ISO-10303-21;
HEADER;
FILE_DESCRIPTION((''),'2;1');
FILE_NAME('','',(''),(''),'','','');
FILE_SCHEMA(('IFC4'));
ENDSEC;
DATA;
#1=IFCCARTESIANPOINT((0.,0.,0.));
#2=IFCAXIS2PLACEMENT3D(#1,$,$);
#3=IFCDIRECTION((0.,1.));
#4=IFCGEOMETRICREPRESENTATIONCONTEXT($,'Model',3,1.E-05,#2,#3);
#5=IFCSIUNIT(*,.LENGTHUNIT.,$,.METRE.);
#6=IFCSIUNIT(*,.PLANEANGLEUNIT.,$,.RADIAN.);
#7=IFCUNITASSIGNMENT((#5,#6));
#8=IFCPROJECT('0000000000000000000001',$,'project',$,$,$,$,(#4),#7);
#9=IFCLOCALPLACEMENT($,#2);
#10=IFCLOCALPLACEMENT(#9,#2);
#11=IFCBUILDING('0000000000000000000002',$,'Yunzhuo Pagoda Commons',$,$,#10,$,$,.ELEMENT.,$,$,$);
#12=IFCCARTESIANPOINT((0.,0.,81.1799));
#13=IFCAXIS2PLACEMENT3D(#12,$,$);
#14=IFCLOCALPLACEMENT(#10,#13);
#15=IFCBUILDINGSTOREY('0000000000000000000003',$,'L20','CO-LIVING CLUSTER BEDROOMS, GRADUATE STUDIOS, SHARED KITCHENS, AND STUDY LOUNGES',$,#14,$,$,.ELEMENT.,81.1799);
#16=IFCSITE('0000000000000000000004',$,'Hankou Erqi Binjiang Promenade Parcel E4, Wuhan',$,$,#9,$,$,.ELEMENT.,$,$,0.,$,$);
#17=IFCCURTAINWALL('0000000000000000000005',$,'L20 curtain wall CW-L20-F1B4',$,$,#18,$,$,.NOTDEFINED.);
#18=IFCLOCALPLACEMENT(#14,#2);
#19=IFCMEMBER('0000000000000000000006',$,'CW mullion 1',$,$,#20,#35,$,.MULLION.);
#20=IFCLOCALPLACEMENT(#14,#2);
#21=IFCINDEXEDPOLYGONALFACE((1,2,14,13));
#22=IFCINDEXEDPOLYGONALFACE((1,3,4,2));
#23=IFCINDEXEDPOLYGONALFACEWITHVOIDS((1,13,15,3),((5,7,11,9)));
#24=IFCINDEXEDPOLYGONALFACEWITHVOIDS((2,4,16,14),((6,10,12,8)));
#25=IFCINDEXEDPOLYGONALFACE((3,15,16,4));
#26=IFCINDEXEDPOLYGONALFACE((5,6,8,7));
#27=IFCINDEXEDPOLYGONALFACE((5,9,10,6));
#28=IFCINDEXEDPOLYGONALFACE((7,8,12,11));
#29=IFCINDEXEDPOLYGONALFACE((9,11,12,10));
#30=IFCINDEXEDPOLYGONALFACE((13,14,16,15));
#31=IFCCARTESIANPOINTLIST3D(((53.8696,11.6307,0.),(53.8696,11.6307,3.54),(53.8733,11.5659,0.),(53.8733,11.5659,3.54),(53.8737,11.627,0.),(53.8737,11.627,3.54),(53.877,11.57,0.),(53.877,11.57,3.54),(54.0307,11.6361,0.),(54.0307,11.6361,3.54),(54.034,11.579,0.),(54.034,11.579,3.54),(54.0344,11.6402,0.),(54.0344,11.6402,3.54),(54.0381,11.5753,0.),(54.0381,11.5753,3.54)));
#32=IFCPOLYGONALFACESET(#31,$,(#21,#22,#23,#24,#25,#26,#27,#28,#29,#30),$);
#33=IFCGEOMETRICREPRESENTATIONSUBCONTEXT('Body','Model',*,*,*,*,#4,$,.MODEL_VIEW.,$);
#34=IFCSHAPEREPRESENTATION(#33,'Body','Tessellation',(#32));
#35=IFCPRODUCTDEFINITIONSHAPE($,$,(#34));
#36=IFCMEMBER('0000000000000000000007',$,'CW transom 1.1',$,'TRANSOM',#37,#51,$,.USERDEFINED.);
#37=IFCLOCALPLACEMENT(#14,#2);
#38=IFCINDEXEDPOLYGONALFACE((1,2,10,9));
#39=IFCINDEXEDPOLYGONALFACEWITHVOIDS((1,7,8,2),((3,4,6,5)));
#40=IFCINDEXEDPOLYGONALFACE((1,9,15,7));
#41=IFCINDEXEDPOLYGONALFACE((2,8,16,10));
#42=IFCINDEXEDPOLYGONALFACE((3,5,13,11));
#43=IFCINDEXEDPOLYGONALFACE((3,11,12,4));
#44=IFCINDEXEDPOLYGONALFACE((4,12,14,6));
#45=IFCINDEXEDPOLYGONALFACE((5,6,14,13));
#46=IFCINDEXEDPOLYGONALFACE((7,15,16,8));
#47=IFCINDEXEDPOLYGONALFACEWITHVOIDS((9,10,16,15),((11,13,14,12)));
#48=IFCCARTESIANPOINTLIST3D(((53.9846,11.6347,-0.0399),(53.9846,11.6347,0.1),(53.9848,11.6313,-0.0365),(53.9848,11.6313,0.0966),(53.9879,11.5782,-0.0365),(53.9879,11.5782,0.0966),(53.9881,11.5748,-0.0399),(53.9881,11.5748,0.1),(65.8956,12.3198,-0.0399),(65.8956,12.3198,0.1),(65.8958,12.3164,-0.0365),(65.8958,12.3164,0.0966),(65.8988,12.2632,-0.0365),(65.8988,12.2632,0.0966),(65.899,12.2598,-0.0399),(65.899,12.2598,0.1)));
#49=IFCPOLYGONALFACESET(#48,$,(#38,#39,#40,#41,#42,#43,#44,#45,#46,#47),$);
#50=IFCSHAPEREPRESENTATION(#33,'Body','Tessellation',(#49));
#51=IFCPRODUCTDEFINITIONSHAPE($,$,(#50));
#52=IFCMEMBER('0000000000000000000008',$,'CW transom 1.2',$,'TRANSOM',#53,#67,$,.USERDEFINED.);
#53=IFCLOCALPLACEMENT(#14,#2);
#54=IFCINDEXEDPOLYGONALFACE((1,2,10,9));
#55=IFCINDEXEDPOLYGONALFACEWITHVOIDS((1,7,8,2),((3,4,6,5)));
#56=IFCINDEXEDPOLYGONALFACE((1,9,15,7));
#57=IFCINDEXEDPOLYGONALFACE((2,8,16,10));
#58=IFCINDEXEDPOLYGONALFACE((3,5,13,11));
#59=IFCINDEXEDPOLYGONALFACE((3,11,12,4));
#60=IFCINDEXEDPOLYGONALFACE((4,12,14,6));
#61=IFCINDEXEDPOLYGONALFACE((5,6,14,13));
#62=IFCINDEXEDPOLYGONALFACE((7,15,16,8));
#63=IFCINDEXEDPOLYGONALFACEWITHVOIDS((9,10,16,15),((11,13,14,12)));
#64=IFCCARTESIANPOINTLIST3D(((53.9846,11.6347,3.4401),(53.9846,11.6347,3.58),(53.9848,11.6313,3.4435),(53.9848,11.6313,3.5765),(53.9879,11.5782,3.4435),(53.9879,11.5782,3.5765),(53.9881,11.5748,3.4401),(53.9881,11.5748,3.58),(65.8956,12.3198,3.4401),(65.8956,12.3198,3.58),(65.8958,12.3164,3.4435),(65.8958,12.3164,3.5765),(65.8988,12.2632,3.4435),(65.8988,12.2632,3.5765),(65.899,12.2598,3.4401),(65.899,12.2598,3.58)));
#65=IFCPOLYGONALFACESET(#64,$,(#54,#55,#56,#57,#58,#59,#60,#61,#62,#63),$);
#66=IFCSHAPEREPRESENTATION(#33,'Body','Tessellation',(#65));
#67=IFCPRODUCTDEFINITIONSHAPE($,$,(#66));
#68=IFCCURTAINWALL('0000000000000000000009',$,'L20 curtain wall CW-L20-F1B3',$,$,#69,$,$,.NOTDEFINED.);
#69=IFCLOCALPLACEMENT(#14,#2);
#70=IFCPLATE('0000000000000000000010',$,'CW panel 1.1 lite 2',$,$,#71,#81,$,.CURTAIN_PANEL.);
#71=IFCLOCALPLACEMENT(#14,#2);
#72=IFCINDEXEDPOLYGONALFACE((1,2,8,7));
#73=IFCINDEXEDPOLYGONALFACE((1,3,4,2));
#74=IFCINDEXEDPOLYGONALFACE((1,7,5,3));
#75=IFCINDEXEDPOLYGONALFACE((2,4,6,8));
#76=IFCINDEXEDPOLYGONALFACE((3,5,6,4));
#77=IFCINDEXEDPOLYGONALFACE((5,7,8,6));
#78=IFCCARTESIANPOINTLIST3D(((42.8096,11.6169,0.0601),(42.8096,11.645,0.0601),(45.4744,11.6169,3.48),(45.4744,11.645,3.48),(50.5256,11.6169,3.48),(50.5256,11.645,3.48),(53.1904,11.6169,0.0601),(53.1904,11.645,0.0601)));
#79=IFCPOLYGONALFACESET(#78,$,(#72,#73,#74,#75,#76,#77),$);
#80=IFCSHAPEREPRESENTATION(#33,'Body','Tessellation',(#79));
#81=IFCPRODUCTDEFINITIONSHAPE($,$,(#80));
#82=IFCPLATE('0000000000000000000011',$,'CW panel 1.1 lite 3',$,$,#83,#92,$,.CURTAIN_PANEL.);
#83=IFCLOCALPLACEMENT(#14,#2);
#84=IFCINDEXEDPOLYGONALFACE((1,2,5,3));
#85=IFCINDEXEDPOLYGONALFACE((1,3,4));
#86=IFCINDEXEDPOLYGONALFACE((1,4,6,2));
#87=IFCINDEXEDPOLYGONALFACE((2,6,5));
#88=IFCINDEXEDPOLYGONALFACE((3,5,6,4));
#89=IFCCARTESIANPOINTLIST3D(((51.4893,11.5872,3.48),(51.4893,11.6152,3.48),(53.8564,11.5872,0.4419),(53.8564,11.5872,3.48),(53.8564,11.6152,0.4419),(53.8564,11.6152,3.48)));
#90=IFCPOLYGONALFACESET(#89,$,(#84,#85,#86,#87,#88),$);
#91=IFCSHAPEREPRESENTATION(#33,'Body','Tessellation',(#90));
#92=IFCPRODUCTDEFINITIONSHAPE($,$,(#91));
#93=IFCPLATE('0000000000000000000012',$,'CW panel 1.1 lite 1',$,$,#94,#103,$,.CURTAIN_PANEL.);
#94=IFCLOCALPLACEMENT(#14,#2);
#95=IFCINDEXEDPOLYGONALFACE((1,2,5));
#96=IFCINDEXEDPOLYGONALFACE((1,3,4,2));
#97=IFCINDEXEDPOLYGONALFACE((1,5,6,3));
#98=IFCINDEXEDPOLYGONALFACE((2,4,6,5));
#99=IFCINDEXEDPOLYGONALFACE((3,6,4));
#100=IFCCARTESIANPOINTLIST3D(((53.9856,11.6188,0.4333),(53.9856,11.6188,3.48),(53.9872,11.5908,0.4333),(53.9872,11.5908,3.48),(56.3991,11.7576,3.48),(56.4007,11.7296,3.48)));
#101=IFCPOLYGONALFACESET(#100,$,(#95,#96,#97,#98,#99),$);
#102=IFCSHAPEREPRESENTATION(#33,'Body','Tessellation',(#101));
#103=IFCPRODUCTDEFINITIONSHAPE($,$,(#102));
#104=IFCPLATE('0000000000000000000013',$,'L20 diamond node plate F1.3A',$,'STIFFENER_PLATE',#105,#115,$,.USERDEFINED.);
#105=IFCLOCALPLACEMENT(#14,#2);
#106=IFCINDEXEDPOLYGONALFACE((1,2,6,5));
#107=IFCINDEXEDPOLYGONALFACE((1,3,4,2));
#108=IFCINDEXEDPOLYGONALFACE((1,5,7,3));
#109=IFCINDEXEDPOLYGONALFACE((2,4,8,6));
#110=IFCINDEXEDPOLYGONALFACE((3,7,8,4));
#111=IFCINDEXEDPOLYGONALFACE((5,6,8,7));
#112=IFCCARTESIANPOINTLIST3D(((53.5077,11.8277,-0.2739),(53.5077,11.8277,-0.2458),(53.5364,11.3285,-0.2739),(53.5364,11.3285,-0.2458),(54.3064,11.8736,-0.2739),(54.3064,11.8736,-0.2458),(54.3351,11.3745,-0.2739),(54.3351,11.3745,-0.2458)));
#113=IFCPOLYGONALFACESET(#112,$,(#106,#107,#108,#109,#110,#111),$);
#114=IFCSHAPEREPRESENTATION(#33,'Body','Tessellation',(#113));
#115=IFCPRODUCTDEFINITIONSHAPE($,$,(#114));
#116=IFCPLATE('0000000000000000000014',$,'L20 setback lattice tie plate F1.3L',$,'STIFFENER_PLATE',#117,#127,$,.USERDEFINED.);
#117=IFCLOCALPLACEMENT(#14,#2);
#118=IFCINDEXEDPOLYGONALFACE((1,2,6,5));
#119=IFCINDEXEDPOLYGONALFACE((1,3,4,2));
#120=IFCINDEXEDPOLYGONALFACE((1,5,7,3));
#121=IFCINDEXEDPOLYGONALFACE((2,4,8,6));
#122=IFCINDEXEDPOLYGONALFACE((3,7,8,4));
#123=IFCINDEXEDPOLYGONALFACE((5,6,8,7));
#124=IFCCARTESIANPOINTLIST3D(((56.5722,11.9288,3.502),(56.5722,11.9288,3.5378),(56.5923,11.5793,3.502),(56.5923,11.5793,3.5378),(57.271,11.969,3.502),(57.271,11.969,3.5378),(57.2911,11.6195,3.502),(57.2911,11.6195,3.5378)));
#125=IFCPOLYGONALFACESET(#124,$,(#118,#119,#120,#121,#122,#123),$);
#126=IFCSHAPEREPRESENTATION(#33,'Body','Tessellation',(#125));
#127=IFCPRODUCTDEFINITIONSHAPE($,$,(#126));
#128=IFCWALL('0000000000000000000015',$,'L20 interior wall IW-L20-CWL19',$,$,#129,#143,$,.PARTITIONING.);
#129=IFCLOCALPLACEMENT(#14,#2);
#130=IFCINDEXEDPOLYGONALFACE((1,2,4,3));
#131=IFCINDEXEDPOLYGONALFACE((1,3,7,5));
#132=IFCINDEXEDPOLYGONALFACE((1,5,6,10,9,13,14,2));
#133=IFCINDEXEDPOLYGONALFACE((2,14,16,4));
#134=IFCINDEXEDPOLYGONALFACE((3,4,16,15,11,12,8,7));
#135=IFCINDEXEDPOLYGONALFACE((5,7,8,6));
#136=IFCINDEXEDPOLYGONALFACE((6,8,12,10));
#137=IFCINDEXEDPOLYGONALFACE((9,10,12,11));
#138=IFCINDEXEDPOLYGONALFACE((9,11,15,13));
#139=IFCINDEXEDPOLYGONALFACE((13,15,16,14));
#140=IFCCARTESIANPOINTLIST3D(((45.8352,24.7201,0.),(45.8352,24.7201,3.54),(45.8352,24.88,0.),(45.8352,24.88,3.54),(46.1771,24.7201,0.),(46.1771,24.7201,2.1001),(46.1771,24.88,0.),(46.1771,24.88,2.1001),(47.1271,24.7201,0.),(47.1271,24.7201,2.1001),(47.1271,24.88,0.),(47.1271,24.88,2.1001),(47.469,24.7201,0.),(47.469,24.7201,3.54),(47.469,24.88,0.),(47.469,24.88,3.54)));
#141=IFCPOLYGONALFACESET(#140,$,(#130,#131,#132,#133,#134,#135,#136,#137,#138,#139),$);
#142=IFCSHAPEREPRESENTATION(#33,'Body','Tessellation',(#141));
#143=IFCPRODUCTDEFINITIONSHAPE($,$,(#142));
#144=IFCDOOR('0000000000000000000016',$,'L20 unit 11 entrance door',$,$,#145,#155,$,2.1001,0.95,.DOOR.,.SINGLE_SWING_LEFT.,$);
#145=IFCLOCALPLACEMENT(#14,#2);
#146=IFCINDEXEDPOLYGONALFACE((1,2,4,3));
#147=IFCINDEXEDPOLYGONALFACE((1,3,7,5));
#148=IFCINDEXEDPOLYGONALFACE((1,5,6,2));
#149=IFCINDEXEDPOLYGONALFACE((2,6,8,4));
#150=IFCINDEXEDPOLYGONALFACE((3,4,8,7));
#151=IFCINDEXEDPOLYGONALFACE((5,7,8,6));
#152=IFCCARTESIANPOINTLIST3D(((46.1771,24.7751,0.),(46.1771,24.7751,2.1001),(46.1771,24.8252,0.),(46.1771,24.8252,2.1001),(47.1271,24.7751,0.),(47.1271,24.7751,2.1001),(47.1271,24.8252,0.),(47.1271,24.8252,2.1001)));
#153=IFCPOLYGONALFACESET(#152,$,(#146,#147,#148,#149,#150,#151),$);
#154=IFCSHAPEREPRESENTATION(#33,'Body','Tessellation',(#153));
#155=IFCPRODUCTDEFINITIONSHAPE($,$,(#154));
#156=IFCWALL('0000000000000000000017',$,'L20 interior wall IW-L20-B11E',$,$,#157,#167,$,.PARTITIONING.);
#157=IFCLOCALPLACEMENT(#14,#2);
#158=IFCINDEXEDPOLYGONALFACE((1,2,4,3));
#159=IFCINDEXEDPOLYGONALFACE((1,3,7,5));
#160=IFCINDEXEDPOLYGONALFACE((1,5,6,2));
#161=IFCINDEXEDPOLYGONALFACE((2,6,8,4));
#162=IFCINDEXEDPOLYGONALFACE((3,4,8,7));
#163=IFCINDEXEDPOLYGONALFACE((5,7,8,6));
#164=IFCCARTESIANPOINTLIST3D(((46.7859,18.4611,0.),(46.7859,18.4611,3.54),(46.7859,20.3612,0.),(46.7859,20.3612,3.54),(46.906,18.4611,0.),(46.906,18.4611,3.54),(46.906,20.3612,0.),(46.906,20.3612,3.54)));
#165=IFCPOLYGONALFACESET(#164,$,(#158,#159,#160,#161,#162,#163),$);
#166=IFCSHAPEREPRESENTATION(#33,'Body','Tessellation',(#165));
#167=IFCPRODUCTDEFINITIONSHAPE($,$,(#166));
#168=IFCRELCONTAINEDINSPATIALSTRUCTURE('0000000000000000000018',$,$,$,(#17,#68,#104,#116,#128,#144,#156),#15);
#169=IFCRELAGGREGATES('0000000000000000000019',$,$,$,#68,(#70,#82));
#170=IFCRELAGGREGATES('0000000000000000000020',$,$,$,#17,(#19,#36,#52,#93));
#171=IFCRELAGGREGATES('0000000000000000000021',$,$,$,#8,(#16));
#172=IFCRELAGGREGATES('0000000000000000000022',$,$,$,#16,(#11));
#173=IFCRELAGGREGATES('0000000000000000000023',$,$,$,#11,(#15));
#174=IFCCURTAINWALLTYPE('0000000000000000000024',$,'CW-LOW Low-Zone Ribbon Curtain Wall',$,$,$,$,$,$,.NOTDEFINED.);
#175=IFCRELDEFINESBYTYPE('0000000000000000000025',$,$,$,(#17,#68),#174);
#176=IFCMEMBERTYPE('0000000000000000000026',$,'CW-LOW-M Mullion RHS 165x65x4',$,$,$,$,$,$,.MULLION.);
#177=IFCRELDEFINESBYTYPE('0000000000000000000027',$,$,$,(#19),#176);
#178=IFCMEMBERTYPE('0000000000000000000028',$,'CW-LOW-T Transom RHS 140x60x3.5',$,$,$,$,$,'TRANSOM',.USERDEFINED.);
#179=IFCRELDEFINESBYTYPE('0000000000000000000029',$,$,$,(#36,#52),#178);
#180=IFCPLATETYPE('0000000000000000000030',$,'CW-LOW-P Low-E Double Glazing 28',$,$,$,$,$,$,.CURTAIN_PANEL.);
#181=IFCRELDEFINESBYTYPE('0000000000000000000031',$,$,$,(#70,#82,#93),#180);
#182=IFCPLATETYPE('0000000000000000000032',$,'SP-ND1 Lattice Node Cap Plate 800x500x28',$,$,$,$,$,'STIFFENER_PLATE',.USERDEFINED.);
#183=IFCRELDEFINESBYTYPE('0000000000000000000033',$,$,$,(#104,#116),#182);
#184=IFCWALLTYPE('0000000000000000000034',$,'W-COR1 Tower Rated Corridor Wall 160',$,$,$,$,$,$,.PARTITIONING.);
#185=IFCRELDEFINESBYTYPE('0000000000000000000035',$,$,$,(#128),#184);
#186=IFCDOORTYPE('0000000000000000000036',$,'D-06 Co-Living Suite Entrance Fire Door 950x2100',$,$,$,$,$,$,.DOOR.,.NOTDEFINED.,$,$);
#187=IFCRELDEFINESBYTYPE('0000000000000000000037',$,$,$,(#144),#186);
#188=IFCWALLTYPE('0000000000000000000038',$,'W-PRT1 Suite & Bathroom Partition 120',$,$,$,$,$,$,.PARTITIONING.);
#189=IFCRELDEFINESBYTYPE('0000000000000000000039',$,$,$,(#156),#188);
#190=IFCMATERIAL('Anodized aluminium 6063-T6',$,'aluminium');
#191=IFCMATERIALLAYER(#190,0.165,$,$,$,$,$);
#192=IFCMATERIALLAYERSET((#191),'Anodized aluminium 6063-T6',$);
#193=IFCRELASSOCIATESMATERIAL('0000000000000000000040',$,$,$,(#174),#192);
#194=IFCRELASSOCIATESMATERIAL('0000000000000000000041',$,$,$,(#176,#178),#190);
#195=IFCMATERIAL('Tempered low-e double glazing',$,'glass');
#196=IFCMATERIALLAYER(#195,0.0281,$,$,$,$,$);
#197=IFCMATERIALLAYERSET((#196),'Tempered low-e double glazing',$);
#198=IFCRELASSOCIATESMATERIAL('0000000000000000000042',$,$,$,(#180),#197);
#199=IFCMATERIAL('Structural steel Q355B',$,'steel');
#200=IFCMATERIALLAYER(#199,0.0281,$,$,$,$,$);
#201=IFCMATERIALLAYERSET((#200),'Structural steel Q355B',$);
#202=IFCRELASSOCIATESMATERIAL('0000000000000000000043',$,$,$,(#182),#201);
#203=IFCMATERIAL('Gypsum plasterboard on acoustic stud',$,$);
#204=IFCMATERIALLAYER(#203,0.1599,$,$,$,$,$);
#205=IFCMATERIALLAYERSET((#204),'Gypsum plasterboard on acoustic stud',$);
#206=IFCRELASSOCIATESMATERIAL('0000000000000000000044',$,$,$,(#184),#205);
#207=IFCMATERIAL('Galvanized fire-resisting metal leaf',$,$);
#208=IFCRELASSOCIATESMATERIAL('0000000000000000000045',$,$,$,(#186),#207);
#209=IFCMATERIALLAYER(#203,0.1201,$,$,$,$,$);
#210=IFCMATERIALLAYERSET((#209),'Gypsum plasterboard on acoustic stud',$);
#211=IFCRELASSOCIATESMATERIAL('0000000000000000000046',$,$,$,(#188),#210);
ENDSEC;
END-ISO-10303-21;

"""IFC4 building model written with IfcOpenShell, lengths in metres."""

from ifc_helpers import new_model, si_unit, direction, frame, frame_2d, origin, origin_with_axes, origin_2d, place, context, subcontext, project, spatial, polyline, rectangle, hollow_rectangle, outline, extrude, source, transform, mapped, material, layer, layer_set, material_profile, profile_set, type_object, element, fill, aggregate, save


model = new_model("IFC4")

# Units and contexts
model_context = context("Model", 3, precision=1e-05, world=origin(), true_north=direction((0.0, 1.0)))
body_context = subcontext(model_context, "Body", "Model", "MODEL_VIEW")
ifc_project = project(units=[si_unit("LENGTHUNIT", "METRE"), si_unit("PLANEANGLEUNIT", "RADIAN")], contexts=[model_context])

# Site, building, storey
site_placement = place(None, origin())
site = spatial("IfcSite", under=ifc_project, at=site_placement, Name="Hankou Erqi Binjiang Promenade Parcel E4, Wuhan", CompositionType="ELEMENT", RefElevation=0.0)
building_placement = place(site_placement, origin())
building = spatial("IfcBuilding", under=site, at=building_placement, Name="Yunzhuo Pagoda Commons", CompositionType="ELEMENT")
storey_placement = place(building_placement, frame((0.0, 0.0, 81.1799)))
storey = spatial("IfcBuildingStorey", under=building, at=storey_placement, Name="L20", Description="CO-LIVING CLUSTER BEDROOMS, GRADUATE STUDIOS, SHARED KITCHENS, AND STUDY LOUNGES", CompositionType="ELEMENT", Elevation=81.1799)

# Shared definitions
ifc_material_1 = material(Name="Structural steel Q355B", Category="steel")

# Curtain wall, members
ifc_material_2 = material(Name="Anodized aluminium 6063-T6", Category="aluminium")
ifc_layer_1 = layer(ifc_material_2, 0.165)
ifc_layer_set_1 = layer_set([ifc_layer_1], Name="Anodized aluminium 6063-T6")
curtain_wall_type = type_object("IfcCurtainWallType", Name="CW-LOW Low-Zone Ribbon Curtain Wall", PredefinedType="NOTDEFINED", material=ifc_layer_set_1)
curtain_wall_1_placement = place(storey_placement, origin())
curtain_wall_1 = element("IfcCurtainWall", 1, at=curtain_wall_1_placement, inside=storey, type_object=curtain_wall_type, Name="L20 curtain wall CW-L20-F1B4", PredefinedType="NOTDEFINED")
ifc_material_profile_1 = material_profile(ifc_material_2, hollow_rectangle(XDim=0.0649, YDim=0.165, WallThickness=0.0039, at=origin_2d()), Name="Anodized aluminium 6063-T6")
ifc_profile_set_1 = profile_set([ifc_material_profile_1], Name="Anodized aluminium 6063-T6")
member_type_1 = type_object("IfcMemberType", Name="CW-LOW-M Mullion RHS 165x65x4", PredefinedType="MULLION", material=ifc_profile_set_1)
shared_shape_1 = source(origin(), body_context, "Body", "SweptSolid", [
    extrude(hollow_rectangle(XDim=0.0649, YDim=0.165, WallThickness=0.0039, at=origin_2d()), origin(), (0.0, 0.0, 1.0), 3.54),
])
member_1_placement = place(storey_placement, frame((53.9539, 11.603, 0.0), z_axis=(0.0, 0.0, 1.0), x_axis=(-0.057418, 0.99835, 0.0)))
member_1 = element("IfcMember", 2, at=member_1_placement, type_object=member_type_1, Name="CW mullion 1", PredefinedType="MULLION", context=body_context, shape_type="MappedRepresentation", body=[
    mapped(shared_shape_1, transform((0.0, 0.0, 0.0), scale=1.0)),
])
ifc_material_profile_2 = material_profile(ifc_material_2, hollow_rectangle(XDim=0.0601, YDim=0.1399, WallThickness=0.0034, at=origin_2d()), Name="Anodized aluminium 6063-T6")
ifc_profile_set_2 = profile_set([ifc_material_profile_2], Name="Anodized aluminium 6063-T6")
member_type_2 = type_object("IfcMemberType", Name="CW-LOW-T Transom RHS 140x60x3.5", ElementType="TRANSOM", PredefinedType="USERDEFINED", material=ifc_profile_set_2)
shared_shape_2 = source(origin(), body_context, "Body", "SweptSolid", [
    extrude(hollow_rectangle(XDim=0.0601, YDim=0.1399, WallThickness=0.0034, at=origin_2d()), origin(), (0.0, 0.0, 1.0), 11.9307),
])
member_2_placement = place(storey_placement, frame((53.9863, 11.6047, 0.03), z_axis=(0.99835, 0.05742, 0.0), x_axis=(-0.05742, 0.99835, 0.0)))
member_2 = element("IfcMember", 3, at=member_2_placement, type_object=member_type_2, Name="CW transom 1.1", ObjectType="TRANSOM", PredefinedType="USERDEFINED", context=body_context, shape_type="MappedRepresentation", body=[
    mapped(shared_shape_2, transform((0.0, 0.0, 0.0), scale=1.0)),
])
member_3_placement = place(storey_placement, frame((53.9863, 11.6047, 3.51), z_axis=(0.99835, 0.05742, 0.0), x_axis=(-0.05742, 0.99835, 0.0)))
member_3 = element("IfcMember", 4, at=member_3_placement, type_object=member_type_2, Name="CW transom 1.2", ObjectType="TRANSOM", PredefinedType="USERDEFINED", context=body_context, shape_type="MappedRepresentation", body=[
    mapped(shared_shape_2, transform((0.0, 0.0, 0.0), scale=1.0)),
])

# Curtain wall, plates
curtain_wall_2_placement = place(storey_placement, origin())
curtain_wall_2 = element("IfcCurtainWall", 5, at=curtain_wall_2_placement, inside=storey, type_object=curtain_wall_type, Name="L20 curtain wall CW-L20-F1B3", PredefinedType="NOTDEFINED")
ifc_material_3 = material(Name="Tempered low-e double glazing", Category="glass")
ifc_layer_2 = layer(ifc_material_3, 0.0281)
ifc_layer_set_2 = layer_set([ifc_layer_2], Name="Tempered low-e double glazing")
plate_type_1 = type_object("IfcPlateType", Name="CW-LOW-P Low-E Double Glazing 28", PredefinedType="CURTAIN_PANEL", material=ifc_layer_set_2)
plate_1_placement = place(storey_placement, frame((48.0, 11.645, 1.77), z_axis=(0.0, -1.0, 0.0), x_axis=(1.0, 0.0, 0.0)))
plate_1 = element("IfcPlate", 6, at=plate_1_placement, type_object=plate_type_1, Name="CW panel 1.1 lite 2", PredefinedType="CURTAIN_PANEL", context=body_context, shape_type="SweptSolid", body=[
    extrude(outline(polyline([(-5.1904, -1.71), (5.1904, -1.71), (2.5256, 1.71), (-2.5256, 1.71), (-5.1904, -1.71)])), origin(), (0.0, 0.0, 1.0), 0.0281),
])
plate_2_placement = place(storey_placement, frame((52.6729, 11.6152, 1.9609), z_axis=(0.0, -1.0, 0.0), x_axis=(1.0, 0.0, 0.0)))
plate_2 = element("IfcPlate", 7, at=plate_2_placement, type_object=plate_type_1, Name="CW panel 1.1 lite 3", PredefinedType="CURTAIN_PANEL", context=body_context, shape_type="SweptSolid", body=[
    extrude(outline(polyline([(-1.1836, 1.519), (1.1836, -1.519), (1.1836, 1.519), (-1.1836, 1.519)])), origin(), (0.0, 0.0, 1.0), 0.0281),
])
aggregate(curtain_wall_2, [plate_1, plate_2])

# Plate
plate_3_placement = place(storey_placement, frame((55.1924, 11.6882, 1.9568), z_axis=(0.057418, -0.99835, 0.0), x_axis=(0.99835, 0.057418, 0.0)))
plate_3 = element("IfcPlate", 8, at=plate_3_placement, type_object=plate_type_1, Name="CW panel 1.1 lite 1", PredefinedType="CURTAIN_PANEL", context=body_context, shape_type="SweptSolid", body=[
    extrude(outline(polyline([(-1.2087, -1.5234), (1.2087, 1.5232), (-1.2087, 1.5232), (-1.2087, -1.5234)])), origin(), (0.0, 0.0, 1.0), 0.0281),
])
aggregate(curtain_wall_1, [member_1, member_2, member_3, plate_3])

# Plates
ifc_layer_3 = layer(ifc_material_1, 0.0281)
ifc_layer_set_3 = layer_set([ifc_layer_3], Name="Structural steel Q355B")
plate_type_2 = type_object("IfcPlateType", Name="SP-ND1 Lattice Node Cap Plate 800x500x28", ElementType="STIFFENER_PLATE", PredefinedType="USERDEFINED", material=ifc_layer_set_3)
shared_shape_3 = source(origin(), body_context, "Body", "SweptSolid", [
    extrude(rectangle(XDim=0.8, YDim=0.5, at=origin_2d()), origin(), (0.0, 0.0, 1.0), 0.0281),
])
plate_4_placement = place(storey_placement, frame((53.9214, 11.6011, -0.2739), z_axis=(0.0, 0.0, 1.0), x_axis=(0.99835, 0.057425, 0.0)))
element("IfcPlate", 9, at=plate_4_placement, inside=storey, type_object=plate_type_2, Name="L20 diamond node plate F1.3A", ObjectType="STIFFENER_PLATE", PredefinedType="USERDEFINED", context=body_context, shape_type="MappedRepresentation", body=[
    mapped(shared_shape_3, transform((0.0, 0.0, 0.0), scale=1.0)),
])
shared_shape_4 = source(origin(), body_context, "Body", "SweptSolid", [
    extrude(rectangle(XDim=0.7, YDim=0.3501, at=origin_2d()), origin(), (0.0, 0.0, 1.0), 0.0359),
])
plate_5_placement = place(storey_placement, frame((56.9316, 11.7742, 3.502), z_axis=(0.0, 0.0, 1.0), x_axis=(0.99835, 0.057425, 0.0)))
element("IfcPlate", 10, at=plate_5_placement, inside=storey, type_object=plate_type_2, Name="L20 setback lattice tie plate F1.3L", ObjectType="STIFFENER_PLATE", PredefinedType="USERDEFINED", context=body_context, shape_type="MappedRepresentation", body=[
    mapped(shared_shape_4, transform((0.0, 0.0, 0.0), scale=1.0)),
])

# Wall, opening, door
ifc_material_4 = material(Name="Gypsum plasterboard on acoustic stud")
ifc_layer_4 = layer(ifc_material_4, 0.1599)
ifc_layer_set_4 = layer_set([ifc_layer_4], Name="Gypsum plasterboard on acoustic stud")
wall_type_1 = type_object("IfcWallType", Name="W-COR1 Tower Rated Corridor Wall 160", PredefinedType="PARTITIONING", material=ifc_layer_set_4)
wall_1_placement = place(storey_placement, frame((47.469, 24.8, 0.0), z_axis=(0.0, 0.0, 1.0), x_axis=(-1.0, 0.0, 0.0)))
wall_1 = element("IfcWall", 11, at=wall_1_placement, inside=storey, type_object=wall_type_1, Name="L20 interior wall IW-L20-CWL19", PredefinedType="PARTITIONING", context=body_context, shape_type="SweptSolid", body=[
    extrude(rectangle(XDim=1.6338, YDim=0.1599, at=frame_2d((0.8169, 0.0))), origin(), (0.0, 0.0, 1.0), 3.54),
])
opening_1_placement = place(wall_1_placement, frame((0.3418, 0.0, 0.0)))
opening_1 = element("IfcOpeningElement", 12, at=opening_1_placement, cuts=wall_1, PredefinedType="OPENING", context=body_context, shape_type="SweptSolid", body=[
    extrude(rectangle(XDim=0.95, YDim=2.1001, at=frame_2d((0.4751, 1.05))), frame((0.0, 0.0898, 0.0), z_axis=(0.0, -1.0, 0.0), x_axis=(1.0, 0.0, 0.0)), (0.0, 0.0, 1.0), 0.1799),
])
ifc_material_5 = material(Name="Galvanized fire-resisting metal leaf")
door_type_1 = type_object("IfcDoorType", Name="D-06 Co-Living Suite Entrance Fire Door 950x2100", OperationType="NOTDEFINED", PredefinedType="DOOR", material=ifc_material_5)
shared_shape_5 = source(origin(), body_context, "Body", "SweptSolid", [
    extrude(rectangle(XDim=0.95, YDim=2.1001, at=frame_2d((0.4751, 1.05))), frame((0.0, 0.0249, 0.0), z_axis=(0.0, -1.0, 0.0), x_axis=(1.0, 0.0, 0.0)), (0.0, 0.0, 1.0), 0.05),
])
door_1_placement = place(opening_1_placement, origin_with_axes())
door_1 = element("IfcDoor", 13, at=door_1_placement, inside=storey, type_object=door_type_1, Name="L20 unit 11 entrance door", OperationType="SINGLE_SWING_LEFT", OverallHeight=2.1001, OverallWidth=0.95, PredefinedType="DOOR", context=body_context, shape_type="MappedRepresentation", body=[
    mapped(shared_shape_5, transform((0.0, 0.0, 0.0), scale=1.0)),
])
fill(opening_1, door_1)

# Wall
ifc_layer_5 = layer(ifc_material_4, 0.1201)
ifc_layer_set_5 = layer_set([ifc_layer_5], Name="Gypsum plasterboard on acoustic stud")
wall_type_2 = type_object("IfcWallType", Name="W-PRT1 Suite & Bathroom Partition 120", PredefinedType="PARTITIONING", material=ifc_layer_set_5)
wall_2_placement = place(storey_placement, frame((46.8459, 18.4609, 0.0), z_axis=(0.0, 0.0, 1.0), x_axis=(0.0, 1.0, 0.0)))
element("IfcWall", 14, at=wall_2_placement, inside=storey, type_object=wall_type_2, Name="L20 interior wall IW-L20-B11E", PredefinedType="PARTITIONING", context=body_context, shape_type="SweptSolid", body=[
    extrude(rectangle(XDim=1.9001, YDim=0.1201, at=frame_2d((0.9502, 0.0))), origin(), (0.0, 0.0, 1.0), 3.54),
])

save(model, "model.ifc")
